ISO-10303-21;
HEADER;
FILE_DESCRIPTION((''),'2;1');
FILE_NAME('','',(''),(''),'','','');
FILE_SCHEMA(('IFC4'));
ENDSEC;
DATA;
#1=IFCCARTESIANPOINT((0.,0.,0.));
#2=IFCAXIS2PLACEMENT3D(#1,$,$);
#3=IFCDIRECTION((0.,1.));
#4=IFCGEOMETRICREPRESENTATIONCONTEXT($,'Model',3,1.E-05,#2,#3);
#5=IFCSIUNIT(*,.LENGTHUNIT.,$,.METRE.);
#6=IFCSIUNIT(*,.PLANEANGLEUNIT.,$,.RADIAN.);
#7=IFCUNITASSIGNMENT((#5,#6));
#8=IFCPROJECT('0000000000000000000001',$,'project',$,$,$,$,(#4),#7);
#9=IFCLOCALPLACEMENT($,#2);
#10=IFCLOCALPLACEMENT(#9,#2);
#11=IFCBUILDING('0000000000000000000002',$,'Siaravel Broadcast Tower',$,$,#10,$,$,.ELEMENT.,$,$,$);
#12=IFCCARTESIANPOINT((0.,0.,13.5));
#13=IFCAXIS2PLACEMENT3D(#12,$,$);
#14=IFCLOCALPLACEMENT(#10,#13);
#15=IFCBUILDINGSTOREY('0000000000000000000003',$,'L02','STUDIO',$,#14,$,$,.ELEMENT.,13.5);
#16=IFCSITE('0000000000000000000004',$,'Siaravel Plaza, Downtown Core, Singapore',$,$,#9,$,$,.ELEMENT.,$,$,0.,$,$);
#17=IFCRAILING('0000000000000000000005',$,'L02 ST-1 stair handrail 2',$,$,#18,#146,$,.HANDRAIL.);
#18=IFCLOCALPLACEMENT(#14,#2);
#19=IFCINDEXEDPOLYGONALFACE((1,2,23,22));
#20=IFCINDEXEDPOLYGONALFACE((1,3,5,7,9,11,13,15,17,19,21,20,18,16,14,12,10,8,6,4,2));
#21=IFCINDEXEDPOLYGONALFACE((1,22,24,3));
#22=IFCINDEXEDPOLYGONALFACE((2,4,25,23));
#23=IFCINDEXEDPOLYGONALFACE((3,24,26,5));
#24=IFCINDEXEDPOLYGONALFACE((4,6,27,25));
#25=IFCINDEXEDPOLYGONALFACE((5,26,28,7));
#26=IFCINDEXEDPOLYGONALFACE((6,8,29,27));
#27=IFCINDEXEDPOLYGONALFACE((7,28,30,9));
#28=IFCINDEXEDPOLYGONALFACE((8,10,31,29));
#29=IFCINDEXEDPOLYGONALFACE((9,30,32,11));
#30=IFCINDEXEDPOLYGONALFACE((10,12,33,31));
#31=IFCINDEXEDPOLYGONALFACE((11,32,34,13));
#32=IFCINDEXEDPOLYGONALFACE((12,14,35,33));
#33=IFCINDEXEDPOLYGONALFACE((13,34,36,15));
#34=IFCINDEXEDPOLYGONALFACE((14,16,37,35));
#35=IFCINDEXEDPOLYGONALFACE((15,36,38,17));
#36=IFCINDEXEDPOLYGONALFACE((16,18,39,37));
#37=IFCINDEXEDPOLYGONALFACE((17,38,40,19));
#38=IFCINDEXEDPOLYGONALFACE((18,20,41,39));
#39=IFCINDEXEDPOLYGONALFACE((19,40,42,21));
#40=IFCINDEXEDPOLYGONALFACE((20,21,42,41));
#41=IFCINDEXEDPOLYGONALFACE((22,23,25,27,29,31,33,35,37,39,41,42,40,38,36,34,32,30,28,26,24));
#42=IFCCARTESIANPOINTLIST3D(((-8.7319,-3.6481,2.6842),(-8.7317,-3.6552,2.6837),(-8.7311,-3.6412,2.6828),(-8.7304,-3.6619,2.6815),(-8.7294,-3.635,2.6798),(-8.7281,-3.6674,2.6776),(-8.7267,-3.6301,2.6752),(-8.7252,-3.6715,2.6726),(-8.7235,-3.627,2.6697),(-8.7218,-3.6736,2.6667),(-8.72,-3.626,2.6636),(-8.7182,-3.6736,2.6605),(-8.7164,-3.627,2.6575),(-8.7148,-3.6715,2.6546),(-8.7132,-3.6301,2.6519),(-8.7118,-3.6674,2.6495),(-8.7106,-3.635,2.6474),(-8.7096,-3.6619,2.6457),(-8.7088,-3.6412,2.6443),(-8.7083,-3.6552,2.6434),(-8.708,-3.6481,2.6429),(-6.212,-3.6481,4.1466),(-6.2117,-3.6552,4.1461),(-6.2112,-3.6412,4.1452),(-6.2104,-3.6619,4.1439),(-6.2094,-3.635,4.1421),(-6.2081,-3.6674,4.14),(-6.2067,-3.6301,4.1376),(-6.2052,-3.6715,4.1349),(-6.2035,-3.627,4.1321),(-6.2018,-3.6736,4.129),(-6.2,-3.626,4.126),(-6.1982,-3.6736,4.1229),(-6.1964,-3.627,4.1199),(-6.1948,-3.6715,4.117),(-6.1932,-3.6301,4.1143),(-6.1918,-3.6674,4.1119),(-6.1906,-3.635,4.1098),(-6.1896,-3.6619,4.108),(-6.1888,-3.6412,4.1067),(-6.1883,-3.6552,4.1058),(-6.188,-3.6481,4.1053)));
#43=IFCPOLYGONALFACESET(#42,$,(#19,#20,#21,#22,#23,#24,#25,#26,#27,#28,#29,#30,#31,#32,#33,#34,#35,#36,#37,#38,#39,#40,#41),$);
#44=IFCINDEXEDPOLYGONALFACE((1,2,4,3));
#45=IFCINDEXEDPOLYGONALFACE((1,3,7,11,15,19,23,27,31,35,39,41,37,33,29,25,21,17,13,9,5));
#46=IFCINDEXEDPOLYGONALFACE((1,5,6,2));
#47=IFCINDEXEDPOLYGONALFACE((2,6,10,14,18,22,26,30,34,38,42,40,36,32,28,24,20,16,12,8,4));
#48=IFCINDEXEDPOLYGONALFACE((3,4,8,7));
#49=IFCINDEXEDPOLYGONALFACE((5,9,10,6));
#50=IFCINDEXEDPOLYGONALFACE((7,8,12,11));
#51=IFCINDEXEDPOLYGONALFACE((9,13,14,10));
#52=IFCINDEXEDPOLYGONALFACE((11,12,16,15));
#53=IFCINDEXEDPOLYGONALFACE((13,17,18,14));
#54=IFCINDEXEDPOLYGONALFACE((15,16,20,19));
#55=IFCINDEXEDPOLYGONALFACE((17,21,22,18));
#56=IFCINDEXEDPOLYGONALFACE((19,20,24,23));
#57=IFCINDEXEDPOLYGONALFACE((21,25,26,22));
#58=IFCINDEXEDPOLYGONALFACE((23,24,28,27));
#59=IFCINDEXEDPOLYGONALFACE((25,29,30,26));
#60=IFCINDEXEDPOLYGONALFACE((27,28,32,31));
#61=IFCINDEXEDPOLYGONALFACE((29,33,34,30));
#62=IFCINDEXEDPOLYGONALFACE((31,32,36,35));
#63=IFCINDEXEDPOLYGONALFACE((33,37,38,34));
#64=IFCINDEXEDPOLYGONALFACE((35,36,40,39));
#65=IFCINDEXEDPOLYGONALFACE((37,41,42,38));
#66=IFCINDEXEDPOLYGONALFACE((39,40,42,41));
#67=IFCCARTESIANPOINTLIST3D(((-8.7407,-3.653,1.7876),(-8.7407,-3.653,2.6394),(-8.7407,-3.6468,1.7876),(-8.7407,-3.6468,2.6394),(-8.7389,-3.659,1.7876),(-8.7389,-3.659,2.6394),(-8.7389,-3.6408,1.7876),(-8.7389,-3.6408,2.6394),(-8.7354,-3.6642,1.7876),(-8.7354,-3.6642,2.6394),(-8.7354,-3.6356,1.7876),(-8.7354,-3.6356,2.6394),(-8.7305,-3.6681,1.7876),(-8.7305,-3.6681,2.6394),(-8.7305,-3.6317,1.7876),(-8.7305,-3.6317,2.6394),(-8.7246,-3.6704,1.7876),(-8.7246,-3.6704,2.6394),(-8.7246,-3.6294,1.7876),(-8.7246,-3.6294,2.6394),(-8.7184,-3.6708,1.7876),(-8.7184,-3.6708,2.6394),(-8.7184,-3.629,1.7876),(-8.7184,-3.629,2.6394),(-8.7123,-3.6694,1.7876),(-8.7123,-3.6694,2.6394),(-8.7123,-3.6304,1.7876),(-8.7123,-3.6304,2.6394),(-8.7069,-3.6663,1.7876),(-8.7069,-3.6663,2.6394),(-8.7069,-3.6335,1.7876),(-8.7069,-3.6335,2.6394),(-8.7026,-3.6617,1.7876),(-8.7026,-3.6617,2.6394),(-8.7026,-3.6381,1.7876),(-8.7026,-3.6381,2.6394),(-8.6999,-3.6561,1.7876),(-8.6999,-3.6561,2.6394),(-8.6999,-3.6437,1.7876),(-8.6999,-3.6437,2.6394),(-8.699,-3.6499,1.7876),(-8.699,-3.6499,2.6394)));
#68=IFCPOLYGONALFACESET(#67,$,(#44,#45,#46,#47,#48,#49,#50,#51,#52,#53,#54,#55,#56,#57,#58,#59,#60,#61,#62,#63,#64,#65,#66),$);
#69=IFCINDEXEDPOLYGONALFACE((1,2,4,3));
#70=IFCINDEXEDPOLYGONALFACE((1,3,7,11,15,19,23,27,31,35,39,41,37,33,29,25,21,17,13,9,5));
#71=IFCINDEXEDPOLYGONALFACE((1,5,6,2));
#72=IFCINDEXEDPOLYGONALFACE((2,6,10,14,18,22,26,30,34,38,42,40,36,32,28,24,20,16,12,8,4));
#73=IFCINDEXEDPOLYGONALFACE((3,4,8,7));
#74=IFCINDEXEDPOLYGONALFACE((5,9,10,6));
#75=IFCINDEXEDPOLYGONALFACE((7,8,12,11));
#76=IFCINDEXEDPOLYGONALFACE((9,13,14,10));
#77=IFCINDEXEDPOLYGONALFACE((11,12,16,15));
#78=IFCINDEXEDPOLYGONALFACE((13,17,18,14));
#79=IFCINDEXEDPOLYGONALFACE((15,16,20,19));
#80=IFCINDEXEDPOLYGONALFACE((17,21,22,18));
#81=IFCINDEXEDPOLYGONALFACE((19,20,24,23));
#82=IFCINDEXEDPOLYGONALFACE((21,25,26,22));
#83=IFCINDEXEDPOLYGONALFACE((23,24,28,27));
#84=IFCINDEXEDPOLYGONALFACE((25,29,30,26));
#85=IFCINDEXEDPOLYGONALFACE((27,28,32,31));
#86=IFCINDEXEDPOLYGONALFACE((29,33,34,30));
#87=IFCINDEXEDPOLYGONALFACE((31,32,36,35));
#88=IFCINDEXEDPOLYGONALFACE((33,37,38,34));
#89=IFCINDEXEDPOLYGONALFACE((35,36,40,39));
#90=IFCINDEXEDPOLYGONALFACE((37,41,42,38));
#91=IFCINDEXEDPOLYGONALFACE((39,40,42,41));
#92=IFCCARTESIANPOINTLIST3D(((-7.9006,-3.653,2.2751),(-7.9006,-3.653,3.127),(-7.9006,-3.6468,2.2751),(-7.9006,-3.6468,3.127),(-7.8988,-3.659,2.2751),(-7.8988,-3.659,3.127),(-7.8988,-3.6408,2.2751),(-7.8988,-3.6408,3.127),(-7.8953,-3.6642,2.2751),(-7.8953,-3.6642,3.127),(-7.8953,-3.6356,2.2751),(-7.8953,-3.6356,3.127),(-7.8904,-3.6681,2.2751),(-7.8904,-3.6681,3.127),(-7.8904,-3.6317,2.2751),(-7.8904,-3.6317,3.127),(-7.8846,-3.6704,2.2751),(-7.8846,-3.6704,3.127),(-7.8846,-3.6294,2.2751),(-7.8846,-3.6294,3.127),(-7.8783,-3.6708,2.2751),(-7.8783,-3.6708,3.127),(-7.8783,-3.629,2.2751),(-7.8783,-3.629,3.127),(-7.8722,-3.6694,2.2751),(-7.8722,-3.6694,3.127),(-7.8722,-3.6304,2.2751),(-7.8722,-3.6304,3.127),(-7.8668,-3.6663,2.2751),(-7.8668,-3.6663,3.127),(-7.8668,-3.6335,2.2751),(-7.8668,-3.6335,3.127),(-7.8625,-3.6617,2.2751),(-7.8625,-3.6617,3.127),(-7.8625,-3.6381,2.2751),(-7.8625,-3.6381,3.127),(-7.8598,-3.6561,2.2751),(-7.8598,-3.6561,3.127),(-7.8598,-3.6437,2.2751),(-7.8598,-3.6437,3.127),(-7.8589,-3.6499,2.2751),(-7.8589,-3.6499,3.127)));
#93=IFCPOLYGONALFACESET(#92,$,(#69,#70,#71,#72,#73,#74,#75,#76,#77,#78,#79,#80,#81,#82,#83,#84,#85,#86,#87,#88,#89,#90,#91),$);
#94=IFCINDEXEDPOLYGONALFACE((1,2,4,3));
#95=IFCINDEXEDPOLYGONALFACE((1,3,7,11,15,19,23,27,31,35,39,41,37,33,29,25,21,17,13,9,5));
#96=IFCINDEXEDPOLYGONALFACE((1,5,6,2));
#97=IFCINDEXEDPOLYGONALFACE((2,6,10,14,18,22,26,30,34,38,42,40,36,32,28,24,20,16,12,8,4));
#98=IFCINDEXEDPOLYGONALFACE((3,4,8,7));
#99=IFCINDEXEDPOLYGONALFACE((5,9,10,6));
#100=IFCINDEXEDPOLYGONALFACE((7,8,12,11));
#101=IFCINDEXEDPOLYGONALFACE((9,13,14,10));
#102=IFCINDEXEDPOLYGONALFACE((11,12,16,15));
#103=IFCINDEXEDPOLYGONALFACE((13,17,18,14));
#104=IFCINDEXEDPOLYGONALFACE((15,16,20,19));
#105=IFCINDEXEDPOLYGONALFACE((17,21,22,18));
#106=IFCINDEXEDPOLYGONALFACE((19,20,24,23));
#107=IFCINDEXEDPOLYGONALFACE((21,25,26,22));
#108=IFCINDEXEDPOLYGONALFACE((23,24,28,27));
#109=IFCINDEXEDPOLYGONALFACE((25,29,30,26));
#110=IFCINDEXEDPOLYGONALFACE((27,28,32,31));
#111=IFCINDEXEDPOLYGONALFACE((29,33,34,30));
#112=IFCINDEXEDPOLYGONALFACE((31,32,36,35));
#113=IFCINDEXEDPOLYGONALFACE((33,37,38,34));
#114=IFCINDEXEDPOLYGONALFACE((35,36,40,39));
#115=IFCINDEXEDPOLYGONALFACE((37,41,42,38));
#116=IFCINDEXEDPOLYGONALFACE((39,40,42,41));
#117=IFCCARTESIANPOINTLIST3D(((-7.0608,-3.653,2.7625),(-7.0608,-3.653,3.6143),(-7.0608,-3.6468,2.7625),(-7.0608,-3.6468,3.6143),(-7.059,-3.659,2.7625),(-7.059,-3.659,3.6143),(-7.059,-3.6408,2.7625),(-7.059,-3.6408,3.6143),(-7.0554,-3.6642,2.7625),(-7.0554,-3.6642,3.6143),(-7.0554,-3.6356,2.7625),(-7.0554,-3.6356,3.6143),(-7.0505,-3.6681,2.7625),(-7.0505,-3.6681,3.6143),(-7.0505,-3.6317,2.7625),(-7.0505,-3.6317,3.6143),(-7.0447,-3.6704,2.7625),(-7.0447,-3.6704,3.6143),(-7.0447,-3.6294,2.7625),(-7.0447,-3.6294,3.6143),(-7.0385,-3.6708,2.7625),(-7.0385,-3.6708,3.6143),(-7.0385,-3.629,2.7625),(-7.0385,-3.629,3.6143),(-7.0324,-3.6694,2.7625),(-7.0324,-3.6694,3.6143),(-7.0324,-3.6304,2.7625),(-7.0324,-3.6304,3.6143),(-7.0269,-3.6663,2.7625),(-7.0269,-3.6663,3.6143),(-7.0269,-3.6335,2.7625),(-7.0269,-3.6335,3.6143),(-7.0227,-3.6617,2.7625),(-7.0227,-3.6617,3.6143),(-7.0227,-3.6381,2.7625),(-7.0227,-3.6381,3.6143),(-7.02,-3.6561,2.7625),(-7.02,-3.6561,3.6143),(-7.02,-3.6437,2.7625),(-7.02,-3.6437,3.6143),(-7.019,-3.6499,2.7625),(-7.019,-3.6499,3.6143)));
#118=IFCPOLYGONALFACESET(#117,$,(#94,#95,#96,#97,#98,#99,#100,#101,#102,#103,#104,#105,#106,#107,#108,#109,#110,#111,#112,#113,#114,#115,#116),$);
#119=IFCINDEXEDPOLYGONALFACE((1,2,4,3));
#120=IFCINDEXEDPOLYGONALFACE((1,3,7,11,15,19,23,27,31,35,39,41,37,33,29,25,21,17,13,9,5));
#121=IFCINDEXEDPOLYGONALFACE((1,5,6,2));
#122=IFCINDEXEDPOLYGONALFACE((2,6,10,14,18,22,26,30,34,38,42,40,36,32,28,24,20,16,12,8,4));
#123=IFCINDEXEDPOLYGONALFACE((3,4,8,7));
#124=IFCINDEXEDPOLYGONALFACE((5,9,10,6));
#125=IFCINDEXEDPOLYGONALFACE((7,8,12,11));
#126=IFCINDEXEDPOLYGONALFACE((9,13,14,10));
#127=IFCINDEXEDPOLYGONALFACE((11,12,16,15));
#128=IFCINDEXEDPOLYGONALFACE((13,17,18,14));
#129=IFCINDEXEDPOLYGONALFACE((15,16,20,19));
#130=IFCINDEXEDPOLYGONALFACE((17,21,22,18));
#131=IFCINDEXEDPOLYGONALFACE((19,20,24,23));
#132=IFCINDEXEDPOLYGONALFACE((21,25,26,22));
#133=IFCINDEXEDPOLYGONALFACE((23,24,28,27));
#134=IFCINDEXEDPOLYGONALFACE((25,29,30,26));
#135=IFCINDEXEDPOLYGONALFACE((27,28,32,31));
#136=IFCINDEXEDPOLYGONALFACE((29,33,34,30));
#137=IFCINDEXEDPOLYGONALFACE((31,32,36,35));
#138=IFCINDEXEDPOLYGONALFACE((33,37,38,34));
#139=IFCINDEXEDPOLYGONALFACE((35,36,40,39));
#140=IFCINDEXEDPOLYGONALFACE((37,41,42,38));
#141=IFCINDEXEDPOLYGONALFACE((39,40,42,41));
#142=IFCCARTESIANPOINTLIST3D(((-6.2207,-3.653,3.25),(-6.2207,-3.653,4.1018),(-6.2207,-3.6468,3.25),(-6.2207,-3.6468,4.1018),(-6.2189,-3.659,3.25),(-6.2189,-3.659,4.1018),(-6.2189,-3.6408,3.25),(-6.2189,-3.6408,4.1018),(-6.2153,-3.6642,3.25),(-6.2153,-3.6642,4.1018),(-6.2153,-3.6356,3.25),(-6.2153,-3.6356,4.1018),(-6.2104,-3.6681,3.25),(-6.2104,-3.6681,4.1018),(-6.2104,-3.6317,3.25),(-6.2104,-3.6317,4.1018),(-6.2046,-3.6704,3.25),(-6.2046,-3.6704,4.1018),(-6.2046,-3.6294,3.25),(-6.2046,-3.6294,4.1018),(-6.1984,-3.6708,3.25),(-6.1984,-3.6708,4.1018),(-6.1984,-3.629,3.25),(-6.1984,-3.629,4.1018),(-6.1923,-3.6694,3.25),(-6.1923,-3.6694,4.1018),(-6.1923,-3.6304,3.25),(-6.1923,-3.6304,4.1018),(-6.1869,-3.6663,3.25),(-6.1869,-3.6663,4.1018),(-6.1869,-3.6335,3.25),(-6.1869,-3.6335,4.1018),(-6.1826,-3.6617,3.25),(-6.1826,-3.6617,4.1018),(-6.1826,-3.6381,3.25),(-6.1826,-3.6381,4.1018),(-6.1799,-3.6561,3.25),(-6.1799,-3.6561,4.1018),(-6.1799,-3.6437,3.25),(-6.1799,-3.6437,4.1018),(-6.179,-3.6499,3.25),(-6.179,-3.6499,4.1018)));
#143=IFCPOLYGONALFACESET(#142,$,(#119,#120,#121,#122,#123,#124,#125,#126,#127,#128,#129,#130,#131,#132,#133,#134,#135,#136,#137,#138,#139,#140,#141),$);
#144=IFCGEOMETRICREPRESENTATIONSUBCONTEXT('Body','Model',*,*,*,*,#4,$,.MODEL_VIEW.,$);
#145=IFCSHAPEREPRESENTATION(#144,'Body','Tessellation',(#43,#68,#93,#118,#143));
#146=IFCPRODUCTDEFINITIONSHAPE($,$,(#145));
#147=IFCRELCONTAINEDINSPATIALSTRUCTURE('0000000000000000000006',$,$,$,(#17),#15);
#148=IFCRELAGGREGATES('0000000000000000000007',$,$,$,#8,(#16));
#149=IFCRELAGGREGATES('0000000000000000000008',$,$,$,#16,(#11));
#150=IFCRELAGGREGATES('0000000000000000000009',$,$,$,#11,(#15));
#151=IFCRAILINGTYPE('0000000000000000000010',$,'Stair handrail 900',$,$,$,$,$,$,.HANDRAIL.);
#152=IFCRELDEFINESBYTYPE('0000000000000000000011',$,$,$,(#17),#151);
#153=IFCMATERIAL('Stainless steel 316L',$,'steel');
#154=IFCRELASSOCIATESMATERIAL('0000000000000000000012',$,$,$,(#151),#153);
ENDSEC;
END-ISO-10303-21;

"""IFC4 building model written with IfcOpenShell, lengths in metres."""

from ifc_helpers import new_model, si_unit, direction, frame, origin, origin_2d, place, context, subcontext, project, spatial, circle, extrude, material, type_object, element, save


model = new_model("IFC4")

# Units and contexts
model_context = context("Model", 3, precision=1e-05, world=origin(), true_north=direction((0.0, 1.0)))
body_context = subcontext(model_context, "Body", "Model", "MODEL_VIEW")
ifc_project = project(units=[si_unit("LENGTHUNIT", "METRE"), si_unit("PLANEANGLEUNIT", "RADIAN")], contexts=[model_context])

# Site, building, storey
site_placement = place(None, origin())
site = spatial("IfcSite", under=ifc_project, at=site_placement, Name="Siaravel Plaza, Downtown Core, Singapore", CompositionType="ELEMENT", RefElevation=0.0)
building_placement = place(site_placement, origin())
building = spatial("IfcBuilding", under=site, at=building_placement, Name="Siaravel Broadcast Tower", CompositionType="ELEMENT")
storey_placement = place(building_placement, frame((0.0, 0.0, 13.5)))
storey = spatial("IfcBuildingStorey", under=building, at=storey_placement, Name="L02", Description="STUDIO", CompositionType="ELEMENT", Elevation=13.5)

# Railing
ifc_material_1 = material(Name="Stainless steel 316L", Category="steel")
railing_type_1 = type_object("IfcRailingType", Name="Stair handrail 900", PredefinedType="HANDRAIL", material=ifc_material_1)
for number, where, name in (
    (1, (-8.72, -3.6499, 1.7876), "L02 ST-1 stair handrail 2"),
):
    element("IfcRailing", number, at=place(storey_placement, frame(where)), inside=storey, type_object=railing_type_1, Name=name, PredefinedType="HANDRAIL", context=body_context, shape_type="SweptSolid", body=[
        extrude(circle(Radius=0.0239, at=origin_2d()), frame((0.0, 0.0, 0.876), z_axis=(0.864913, 0.0, 0.501921), x_axis=(0.0, 1.0, 0.0)), (0.0, 0.0, 1.0), 2.9136),
        extrude(circle(Radius=0.021, at=origin_2d()), origin(), (0.0, 0.0, 1.0), 0.8518),
        extrude(circle(Radius=0.021, at=origin_2d()), frame((0.8401, 0.0, 0.4875)), (0.0, 0.0, 1.0), 0.8518),
        extrude(circle(Radius=0.021, at=origin_2d()), frame((1.6799, 0.0, 0.9749)), (0.0, 0.0, 1.0), 0.8518),
        extrude(circle(Radius=0.021, at=origin_2d()), frame((2.52, 0.0, 1.4624)), (0.0, 0.0, 1.0), 0.8518),
    ])

save(model, "model.ifc")
